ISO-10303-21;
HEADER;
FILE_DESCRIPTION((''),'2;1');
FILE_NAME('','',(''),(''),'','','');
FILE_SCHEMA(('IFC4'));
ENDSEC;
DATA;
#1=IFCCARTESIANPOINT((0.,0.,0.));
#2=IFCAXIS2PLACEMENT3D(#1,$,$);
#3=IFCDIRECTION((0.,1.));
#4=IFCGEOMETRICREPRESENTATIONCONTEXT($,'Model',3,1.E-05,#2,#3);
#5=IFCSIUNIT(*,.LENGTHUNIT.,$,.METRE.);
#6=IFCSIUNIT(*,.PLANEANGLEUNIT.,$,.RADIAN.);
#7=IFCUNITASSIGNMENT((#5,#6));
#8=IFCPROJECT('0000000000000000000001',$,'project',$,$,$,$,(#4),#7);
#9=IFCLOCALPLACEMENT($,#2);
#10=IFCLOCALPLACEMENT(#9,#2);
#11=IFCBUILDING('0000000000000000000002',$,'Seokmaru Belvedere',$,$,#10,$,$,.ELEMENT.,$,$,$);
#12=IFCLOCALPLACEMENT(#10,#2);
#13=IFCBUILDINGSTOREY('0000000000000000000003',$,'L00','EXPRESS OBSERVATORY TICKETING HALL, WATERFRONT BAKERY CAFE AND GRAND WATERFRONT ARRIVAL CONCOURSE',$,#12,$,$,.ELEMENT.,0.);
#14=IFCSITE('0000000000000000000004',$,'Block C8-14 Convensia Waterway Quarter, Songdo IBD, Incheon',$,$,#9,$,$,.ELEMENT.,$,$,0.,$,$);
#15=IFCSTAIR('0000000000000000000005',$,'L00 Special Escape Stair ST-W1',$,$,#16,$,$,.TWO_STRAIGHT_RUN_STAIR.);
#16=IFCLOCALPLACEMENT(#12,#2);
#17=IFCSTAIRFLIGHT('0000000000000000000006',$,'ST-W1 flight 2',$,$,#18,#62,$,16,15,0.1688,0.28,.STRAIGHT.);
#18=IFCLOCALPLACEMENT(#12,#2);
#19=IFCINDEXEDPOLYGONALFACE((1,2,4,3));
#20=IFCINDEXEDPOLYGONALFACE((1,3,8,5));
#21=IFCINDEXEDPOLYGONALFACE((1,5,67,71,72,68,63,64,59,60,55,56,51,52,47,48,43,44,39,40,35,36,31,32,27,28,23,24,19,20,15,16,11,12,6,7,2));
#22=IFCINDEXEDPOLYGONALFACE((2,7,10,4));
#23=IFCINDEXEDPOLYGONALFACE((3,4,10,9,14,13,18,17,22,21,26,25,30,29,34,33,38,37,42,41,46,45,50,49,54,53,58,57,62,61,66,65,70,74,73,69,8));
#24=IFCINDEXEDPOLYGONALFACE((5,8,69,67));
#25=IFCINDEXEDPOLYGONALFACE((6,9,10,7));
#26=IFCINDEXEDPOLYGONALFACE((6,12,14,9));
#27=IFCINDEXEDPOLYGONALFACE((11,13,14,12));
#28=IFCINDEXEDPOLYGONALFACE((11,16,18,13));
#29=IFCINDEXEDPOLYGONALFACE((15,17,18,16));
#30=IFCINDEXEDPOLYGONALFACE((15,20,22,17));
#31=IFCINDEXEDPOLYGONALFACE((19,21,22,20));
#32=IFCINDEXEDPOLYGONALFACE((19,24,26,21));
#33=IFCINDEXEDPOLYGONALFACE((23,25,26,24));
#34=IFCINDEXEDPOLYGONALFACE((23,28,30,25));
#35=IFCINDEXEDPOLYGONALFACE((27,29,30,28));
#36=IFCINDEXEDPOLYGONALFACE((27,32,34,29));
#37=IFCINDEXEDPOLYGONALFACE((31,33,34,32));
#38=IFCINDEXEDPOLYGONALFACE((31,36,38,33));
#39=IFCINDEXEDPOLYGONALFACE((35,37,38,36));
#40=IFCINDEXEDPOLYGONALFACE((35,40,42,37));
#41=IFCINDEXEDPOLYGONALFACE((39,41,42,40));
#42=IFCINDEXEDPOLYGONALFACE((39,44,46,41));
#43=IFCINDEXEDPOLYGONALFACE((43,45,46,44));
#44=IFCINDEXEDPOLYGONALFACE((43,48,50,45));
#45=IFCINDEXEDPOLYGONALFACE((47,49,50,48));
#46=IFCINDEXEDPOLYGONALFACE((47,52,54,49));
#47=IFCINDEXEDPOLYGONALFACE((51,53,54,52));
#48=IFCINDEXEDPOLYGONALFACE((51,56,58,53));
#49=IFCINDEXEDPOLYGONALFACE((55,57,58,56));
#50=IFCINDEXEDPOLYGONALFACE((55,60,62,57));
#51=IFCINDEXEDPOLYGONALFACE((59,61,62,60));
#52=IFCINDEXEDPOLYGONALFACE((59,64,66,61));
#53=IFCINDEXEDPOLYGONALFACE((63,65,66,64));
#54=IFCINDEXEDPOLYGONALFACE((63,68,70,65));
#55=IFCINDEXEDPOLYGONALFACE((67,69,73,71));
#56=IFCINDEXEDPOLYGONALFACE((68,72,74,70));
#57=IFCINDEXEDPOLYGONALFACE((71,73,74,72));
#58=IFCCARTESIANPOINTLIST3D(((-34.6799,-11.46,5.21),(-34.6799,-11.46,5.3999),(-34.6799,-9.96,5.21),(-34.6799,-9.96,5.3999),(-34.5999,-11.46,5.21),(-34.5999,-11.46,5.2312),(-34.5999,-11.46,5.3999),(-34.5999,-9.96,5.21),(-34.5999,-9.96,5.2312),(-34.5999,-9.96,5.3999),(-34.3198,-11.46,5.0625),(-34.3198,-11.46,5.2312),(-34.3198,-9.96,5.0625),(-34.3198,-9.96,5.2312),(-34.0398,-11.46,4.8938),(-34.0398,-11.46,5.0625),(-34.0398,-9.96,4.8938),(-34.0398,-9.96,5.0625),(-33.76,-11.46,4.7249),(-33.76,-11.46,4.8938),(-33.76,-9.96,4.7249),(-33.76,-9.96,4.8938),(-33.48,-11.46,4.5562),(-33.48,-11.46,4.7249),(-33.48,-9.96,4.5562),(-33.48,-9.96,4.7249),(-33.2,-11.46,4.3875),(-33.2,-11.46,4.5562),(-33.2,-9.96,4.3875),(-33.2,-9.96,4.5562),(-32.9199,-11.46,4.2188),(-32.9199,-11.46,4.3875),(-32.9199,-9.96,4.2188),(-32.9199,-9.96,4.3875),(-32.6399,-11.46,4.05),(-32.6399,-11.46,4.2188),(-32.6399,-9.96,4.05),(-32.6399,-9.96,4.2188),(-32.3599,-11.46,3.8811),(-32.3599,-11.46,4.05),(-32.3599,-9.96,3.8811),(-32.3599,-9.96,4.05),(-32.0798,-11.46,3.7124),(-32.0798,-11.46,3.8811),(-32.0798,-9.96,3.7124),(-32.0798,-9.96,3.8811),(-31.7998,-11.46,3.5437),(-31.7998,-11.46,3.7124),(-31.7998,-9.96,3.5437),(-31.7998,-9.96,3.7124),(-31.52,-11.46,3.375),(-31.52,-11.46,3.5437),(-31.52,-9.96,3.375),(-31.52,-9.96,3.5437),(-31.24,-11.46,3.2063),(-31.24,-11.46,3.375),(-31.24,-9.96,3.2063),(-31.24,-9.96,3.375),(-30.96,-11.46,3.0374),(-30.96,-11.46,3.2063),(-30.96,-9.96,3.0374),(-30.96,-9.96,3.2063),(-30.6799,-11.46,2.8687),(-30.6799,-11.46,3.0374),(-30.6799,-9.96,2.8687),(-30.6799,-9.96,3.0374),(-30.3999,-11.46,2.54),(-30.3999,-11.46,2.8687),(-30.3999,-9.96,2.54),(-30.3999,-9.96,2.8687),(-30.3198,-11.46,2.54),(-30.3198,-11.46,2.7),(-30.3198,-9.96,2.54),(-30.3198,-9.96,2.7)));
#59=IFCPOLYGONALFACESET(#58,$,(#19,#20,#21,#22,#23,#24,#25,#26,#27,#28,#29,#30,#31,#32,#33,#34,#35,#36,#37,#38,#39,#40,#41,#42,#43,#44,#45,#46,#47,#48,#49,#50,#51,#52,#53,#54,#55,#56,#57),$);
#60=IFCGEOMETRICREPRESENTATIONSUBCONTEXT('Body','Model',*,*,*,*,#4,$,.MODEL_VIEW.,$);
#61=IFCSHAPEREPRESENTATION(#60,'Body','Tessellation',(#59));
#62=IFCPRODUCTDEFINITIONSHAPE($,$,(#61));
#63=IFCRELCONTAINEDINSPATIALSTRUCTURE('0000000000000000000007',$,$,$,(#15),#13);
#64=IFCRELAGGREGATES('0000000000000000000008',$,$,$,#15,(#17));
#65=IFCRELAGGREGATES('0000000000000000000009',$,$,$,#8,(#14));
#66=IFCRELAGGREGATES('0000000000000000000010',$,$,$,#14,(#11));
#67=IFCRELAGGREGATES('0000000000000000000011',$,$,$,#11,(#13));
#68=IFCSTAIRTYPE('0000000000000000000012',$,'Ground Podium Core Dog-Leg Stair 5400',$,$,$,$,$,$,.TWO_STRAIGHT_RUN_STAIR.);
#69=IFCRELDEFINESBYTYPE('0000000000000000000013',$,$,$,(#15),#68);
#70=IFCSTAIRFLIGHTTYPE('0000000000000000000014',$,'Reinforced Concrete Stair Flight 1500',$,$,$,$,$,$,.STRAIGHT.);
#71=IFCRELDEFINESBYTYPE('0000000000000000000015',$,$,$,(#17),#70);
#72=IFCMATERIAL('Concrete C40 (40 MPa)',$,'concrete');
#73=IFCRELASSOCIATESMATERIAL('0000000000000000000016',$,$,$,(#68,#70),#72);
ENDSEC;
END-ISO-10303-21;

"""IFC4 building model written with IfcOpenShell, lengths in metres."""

from ifc_helpers import new_model, si_unit, direction, frame, origin, place, context, subcontext, project, spatial, polyline, outline, extrude, material, type_object, element, aggregate, save


model = new_model("IFC4")

# Units and contexts
model_context = context("Model", 3, precision=1e-05, world=origin(), true_north=direction((0.0, 1.0)))
body_context = subcontext(model_context, "Body", "Model", "MODEL_VIEW")
ifc_project = project(units=[si_unit("LENGTHUNIT", "METRE"), si_unit("PLANEANGLEUNIT", "RADIAN")], contexts=[model_context])

# Site, building, storey
site_placement = place(None, origin())
site = spatial("IfcSite", under=ifc_project, at=site_placement, Name="Block C8-14 Convensia Waterway Quarter, Songdo IBD, Incheon", CompositionType="ELEMENT", RefElevation=0.0)
building_placement = place(site_placement, origin())
building = spatial("IfcBuilding", under=site, at=building_placement, Name="Seokmaru Belvedere", CompositionType="ELEMENT")
storey_placement = place(building_placement, origin())
storey = spatial("IfcBuildingStorey", under=building, at=storey_placement, Name="L00", Description="EXPRESS OBSERVATORY TICKETING HALL, WATERFRONT BAKERY CAFE AND GRAND WATERFRONT ARRIVAL CONCOURSE", CompositionType="ELEMENT", Elevation=0.0)

# Stair, stair flight
ifc_material_1 = material(Name="Concrete C40 (40 MPa)", Category="concrete")
stair_type = type_object("IfcStairType", Name="Ground Podium Core Dog-Leg Stair 5400", PredefinedType="TWO_STRAIGHT_RUN_STAIR", material=ifc_material_1)
stair_placement = place(storey_placement, origin())
stair = element("IfcStair", 1, at=stair_placement, inside=storey, type_object=stair_type, Name="L00 Special Escape Stair ST-W1", PredefinedType="TWO_STRAIGHT_RUN_STAIR")
stair_flight_type = type_object("IfcStairFlightType", Name="Reinforced Concrete Stair Flight 1500", PredefinedType="STRAIGHT", material=ifc_material_1)
stair_flight_1_placement = place(storey_placement, frame((-30.3999, -10.71, 2.7), z_axis=(0.0, 0.0, 1.0), x_axis=(-1.0, 0.0, 0.0)))
stair_flight_1 = element("IfcStairFlight", 2, at=stair_flight_1_placement, type_object=stair_flight_type, Name="ST-W1 flight 2", NumberOfRisers=16, NumberOfTreads=15, PredefinedType="STRAIGHT", RiserHeight=0.1688, TreadLength=0.28, context=body_context, shape_type="SweptSolid", body=[
    extrude(outline(polyline([(-0.0801, 0.0), (0.0, 0.1687), (0.28, 0.1687), (0.28, 0.3374), (0.5601, 0.3374), (0.5601, 0.5063), (0.8401, 0.5063), (0.8401, 0.675), (1.1201, 0.675), (1.1201, 0.8438), (1.3999, 0.8438), (1.3999, 1.0125), (1.6799, 1.0125), (1.6799, 1.1812), (1.96, 1.1812), (1.96, 1.3501), (2.24, 1.3501), (2.24, 1.5188), (2.52, 1.5188), (2.52, 1.6875), (2.8, 1.6875), (2.8, 1.8562), (3.0801, 1.8562), (3.0801, 2.0249), (3.3601, 2.0249), (3.3601, 2.1938), (3.6399, 2.1938), (3.6399, 2.3625), (3.9199, 2.3625), (3.9199, 2.5312), (4.2, 2.5312), (4.2, 2.7), (4.28, 2.7), (4.28, 2.51), (4.2, 2.51), (0.0, -0.1599), (-0.0801, -0.1599), (-0.0801, 0.0)])), frame((0.0, 0.75, 0.0), z_axis=(0.0, -1.0, 0.0), x_axis=(1.0, 0.0, 0.0)), (0.0, 0.0, 1.0), 1.5),
])
aggregate(stair, [stair_flight_1])

save(model, "model.ifc")
